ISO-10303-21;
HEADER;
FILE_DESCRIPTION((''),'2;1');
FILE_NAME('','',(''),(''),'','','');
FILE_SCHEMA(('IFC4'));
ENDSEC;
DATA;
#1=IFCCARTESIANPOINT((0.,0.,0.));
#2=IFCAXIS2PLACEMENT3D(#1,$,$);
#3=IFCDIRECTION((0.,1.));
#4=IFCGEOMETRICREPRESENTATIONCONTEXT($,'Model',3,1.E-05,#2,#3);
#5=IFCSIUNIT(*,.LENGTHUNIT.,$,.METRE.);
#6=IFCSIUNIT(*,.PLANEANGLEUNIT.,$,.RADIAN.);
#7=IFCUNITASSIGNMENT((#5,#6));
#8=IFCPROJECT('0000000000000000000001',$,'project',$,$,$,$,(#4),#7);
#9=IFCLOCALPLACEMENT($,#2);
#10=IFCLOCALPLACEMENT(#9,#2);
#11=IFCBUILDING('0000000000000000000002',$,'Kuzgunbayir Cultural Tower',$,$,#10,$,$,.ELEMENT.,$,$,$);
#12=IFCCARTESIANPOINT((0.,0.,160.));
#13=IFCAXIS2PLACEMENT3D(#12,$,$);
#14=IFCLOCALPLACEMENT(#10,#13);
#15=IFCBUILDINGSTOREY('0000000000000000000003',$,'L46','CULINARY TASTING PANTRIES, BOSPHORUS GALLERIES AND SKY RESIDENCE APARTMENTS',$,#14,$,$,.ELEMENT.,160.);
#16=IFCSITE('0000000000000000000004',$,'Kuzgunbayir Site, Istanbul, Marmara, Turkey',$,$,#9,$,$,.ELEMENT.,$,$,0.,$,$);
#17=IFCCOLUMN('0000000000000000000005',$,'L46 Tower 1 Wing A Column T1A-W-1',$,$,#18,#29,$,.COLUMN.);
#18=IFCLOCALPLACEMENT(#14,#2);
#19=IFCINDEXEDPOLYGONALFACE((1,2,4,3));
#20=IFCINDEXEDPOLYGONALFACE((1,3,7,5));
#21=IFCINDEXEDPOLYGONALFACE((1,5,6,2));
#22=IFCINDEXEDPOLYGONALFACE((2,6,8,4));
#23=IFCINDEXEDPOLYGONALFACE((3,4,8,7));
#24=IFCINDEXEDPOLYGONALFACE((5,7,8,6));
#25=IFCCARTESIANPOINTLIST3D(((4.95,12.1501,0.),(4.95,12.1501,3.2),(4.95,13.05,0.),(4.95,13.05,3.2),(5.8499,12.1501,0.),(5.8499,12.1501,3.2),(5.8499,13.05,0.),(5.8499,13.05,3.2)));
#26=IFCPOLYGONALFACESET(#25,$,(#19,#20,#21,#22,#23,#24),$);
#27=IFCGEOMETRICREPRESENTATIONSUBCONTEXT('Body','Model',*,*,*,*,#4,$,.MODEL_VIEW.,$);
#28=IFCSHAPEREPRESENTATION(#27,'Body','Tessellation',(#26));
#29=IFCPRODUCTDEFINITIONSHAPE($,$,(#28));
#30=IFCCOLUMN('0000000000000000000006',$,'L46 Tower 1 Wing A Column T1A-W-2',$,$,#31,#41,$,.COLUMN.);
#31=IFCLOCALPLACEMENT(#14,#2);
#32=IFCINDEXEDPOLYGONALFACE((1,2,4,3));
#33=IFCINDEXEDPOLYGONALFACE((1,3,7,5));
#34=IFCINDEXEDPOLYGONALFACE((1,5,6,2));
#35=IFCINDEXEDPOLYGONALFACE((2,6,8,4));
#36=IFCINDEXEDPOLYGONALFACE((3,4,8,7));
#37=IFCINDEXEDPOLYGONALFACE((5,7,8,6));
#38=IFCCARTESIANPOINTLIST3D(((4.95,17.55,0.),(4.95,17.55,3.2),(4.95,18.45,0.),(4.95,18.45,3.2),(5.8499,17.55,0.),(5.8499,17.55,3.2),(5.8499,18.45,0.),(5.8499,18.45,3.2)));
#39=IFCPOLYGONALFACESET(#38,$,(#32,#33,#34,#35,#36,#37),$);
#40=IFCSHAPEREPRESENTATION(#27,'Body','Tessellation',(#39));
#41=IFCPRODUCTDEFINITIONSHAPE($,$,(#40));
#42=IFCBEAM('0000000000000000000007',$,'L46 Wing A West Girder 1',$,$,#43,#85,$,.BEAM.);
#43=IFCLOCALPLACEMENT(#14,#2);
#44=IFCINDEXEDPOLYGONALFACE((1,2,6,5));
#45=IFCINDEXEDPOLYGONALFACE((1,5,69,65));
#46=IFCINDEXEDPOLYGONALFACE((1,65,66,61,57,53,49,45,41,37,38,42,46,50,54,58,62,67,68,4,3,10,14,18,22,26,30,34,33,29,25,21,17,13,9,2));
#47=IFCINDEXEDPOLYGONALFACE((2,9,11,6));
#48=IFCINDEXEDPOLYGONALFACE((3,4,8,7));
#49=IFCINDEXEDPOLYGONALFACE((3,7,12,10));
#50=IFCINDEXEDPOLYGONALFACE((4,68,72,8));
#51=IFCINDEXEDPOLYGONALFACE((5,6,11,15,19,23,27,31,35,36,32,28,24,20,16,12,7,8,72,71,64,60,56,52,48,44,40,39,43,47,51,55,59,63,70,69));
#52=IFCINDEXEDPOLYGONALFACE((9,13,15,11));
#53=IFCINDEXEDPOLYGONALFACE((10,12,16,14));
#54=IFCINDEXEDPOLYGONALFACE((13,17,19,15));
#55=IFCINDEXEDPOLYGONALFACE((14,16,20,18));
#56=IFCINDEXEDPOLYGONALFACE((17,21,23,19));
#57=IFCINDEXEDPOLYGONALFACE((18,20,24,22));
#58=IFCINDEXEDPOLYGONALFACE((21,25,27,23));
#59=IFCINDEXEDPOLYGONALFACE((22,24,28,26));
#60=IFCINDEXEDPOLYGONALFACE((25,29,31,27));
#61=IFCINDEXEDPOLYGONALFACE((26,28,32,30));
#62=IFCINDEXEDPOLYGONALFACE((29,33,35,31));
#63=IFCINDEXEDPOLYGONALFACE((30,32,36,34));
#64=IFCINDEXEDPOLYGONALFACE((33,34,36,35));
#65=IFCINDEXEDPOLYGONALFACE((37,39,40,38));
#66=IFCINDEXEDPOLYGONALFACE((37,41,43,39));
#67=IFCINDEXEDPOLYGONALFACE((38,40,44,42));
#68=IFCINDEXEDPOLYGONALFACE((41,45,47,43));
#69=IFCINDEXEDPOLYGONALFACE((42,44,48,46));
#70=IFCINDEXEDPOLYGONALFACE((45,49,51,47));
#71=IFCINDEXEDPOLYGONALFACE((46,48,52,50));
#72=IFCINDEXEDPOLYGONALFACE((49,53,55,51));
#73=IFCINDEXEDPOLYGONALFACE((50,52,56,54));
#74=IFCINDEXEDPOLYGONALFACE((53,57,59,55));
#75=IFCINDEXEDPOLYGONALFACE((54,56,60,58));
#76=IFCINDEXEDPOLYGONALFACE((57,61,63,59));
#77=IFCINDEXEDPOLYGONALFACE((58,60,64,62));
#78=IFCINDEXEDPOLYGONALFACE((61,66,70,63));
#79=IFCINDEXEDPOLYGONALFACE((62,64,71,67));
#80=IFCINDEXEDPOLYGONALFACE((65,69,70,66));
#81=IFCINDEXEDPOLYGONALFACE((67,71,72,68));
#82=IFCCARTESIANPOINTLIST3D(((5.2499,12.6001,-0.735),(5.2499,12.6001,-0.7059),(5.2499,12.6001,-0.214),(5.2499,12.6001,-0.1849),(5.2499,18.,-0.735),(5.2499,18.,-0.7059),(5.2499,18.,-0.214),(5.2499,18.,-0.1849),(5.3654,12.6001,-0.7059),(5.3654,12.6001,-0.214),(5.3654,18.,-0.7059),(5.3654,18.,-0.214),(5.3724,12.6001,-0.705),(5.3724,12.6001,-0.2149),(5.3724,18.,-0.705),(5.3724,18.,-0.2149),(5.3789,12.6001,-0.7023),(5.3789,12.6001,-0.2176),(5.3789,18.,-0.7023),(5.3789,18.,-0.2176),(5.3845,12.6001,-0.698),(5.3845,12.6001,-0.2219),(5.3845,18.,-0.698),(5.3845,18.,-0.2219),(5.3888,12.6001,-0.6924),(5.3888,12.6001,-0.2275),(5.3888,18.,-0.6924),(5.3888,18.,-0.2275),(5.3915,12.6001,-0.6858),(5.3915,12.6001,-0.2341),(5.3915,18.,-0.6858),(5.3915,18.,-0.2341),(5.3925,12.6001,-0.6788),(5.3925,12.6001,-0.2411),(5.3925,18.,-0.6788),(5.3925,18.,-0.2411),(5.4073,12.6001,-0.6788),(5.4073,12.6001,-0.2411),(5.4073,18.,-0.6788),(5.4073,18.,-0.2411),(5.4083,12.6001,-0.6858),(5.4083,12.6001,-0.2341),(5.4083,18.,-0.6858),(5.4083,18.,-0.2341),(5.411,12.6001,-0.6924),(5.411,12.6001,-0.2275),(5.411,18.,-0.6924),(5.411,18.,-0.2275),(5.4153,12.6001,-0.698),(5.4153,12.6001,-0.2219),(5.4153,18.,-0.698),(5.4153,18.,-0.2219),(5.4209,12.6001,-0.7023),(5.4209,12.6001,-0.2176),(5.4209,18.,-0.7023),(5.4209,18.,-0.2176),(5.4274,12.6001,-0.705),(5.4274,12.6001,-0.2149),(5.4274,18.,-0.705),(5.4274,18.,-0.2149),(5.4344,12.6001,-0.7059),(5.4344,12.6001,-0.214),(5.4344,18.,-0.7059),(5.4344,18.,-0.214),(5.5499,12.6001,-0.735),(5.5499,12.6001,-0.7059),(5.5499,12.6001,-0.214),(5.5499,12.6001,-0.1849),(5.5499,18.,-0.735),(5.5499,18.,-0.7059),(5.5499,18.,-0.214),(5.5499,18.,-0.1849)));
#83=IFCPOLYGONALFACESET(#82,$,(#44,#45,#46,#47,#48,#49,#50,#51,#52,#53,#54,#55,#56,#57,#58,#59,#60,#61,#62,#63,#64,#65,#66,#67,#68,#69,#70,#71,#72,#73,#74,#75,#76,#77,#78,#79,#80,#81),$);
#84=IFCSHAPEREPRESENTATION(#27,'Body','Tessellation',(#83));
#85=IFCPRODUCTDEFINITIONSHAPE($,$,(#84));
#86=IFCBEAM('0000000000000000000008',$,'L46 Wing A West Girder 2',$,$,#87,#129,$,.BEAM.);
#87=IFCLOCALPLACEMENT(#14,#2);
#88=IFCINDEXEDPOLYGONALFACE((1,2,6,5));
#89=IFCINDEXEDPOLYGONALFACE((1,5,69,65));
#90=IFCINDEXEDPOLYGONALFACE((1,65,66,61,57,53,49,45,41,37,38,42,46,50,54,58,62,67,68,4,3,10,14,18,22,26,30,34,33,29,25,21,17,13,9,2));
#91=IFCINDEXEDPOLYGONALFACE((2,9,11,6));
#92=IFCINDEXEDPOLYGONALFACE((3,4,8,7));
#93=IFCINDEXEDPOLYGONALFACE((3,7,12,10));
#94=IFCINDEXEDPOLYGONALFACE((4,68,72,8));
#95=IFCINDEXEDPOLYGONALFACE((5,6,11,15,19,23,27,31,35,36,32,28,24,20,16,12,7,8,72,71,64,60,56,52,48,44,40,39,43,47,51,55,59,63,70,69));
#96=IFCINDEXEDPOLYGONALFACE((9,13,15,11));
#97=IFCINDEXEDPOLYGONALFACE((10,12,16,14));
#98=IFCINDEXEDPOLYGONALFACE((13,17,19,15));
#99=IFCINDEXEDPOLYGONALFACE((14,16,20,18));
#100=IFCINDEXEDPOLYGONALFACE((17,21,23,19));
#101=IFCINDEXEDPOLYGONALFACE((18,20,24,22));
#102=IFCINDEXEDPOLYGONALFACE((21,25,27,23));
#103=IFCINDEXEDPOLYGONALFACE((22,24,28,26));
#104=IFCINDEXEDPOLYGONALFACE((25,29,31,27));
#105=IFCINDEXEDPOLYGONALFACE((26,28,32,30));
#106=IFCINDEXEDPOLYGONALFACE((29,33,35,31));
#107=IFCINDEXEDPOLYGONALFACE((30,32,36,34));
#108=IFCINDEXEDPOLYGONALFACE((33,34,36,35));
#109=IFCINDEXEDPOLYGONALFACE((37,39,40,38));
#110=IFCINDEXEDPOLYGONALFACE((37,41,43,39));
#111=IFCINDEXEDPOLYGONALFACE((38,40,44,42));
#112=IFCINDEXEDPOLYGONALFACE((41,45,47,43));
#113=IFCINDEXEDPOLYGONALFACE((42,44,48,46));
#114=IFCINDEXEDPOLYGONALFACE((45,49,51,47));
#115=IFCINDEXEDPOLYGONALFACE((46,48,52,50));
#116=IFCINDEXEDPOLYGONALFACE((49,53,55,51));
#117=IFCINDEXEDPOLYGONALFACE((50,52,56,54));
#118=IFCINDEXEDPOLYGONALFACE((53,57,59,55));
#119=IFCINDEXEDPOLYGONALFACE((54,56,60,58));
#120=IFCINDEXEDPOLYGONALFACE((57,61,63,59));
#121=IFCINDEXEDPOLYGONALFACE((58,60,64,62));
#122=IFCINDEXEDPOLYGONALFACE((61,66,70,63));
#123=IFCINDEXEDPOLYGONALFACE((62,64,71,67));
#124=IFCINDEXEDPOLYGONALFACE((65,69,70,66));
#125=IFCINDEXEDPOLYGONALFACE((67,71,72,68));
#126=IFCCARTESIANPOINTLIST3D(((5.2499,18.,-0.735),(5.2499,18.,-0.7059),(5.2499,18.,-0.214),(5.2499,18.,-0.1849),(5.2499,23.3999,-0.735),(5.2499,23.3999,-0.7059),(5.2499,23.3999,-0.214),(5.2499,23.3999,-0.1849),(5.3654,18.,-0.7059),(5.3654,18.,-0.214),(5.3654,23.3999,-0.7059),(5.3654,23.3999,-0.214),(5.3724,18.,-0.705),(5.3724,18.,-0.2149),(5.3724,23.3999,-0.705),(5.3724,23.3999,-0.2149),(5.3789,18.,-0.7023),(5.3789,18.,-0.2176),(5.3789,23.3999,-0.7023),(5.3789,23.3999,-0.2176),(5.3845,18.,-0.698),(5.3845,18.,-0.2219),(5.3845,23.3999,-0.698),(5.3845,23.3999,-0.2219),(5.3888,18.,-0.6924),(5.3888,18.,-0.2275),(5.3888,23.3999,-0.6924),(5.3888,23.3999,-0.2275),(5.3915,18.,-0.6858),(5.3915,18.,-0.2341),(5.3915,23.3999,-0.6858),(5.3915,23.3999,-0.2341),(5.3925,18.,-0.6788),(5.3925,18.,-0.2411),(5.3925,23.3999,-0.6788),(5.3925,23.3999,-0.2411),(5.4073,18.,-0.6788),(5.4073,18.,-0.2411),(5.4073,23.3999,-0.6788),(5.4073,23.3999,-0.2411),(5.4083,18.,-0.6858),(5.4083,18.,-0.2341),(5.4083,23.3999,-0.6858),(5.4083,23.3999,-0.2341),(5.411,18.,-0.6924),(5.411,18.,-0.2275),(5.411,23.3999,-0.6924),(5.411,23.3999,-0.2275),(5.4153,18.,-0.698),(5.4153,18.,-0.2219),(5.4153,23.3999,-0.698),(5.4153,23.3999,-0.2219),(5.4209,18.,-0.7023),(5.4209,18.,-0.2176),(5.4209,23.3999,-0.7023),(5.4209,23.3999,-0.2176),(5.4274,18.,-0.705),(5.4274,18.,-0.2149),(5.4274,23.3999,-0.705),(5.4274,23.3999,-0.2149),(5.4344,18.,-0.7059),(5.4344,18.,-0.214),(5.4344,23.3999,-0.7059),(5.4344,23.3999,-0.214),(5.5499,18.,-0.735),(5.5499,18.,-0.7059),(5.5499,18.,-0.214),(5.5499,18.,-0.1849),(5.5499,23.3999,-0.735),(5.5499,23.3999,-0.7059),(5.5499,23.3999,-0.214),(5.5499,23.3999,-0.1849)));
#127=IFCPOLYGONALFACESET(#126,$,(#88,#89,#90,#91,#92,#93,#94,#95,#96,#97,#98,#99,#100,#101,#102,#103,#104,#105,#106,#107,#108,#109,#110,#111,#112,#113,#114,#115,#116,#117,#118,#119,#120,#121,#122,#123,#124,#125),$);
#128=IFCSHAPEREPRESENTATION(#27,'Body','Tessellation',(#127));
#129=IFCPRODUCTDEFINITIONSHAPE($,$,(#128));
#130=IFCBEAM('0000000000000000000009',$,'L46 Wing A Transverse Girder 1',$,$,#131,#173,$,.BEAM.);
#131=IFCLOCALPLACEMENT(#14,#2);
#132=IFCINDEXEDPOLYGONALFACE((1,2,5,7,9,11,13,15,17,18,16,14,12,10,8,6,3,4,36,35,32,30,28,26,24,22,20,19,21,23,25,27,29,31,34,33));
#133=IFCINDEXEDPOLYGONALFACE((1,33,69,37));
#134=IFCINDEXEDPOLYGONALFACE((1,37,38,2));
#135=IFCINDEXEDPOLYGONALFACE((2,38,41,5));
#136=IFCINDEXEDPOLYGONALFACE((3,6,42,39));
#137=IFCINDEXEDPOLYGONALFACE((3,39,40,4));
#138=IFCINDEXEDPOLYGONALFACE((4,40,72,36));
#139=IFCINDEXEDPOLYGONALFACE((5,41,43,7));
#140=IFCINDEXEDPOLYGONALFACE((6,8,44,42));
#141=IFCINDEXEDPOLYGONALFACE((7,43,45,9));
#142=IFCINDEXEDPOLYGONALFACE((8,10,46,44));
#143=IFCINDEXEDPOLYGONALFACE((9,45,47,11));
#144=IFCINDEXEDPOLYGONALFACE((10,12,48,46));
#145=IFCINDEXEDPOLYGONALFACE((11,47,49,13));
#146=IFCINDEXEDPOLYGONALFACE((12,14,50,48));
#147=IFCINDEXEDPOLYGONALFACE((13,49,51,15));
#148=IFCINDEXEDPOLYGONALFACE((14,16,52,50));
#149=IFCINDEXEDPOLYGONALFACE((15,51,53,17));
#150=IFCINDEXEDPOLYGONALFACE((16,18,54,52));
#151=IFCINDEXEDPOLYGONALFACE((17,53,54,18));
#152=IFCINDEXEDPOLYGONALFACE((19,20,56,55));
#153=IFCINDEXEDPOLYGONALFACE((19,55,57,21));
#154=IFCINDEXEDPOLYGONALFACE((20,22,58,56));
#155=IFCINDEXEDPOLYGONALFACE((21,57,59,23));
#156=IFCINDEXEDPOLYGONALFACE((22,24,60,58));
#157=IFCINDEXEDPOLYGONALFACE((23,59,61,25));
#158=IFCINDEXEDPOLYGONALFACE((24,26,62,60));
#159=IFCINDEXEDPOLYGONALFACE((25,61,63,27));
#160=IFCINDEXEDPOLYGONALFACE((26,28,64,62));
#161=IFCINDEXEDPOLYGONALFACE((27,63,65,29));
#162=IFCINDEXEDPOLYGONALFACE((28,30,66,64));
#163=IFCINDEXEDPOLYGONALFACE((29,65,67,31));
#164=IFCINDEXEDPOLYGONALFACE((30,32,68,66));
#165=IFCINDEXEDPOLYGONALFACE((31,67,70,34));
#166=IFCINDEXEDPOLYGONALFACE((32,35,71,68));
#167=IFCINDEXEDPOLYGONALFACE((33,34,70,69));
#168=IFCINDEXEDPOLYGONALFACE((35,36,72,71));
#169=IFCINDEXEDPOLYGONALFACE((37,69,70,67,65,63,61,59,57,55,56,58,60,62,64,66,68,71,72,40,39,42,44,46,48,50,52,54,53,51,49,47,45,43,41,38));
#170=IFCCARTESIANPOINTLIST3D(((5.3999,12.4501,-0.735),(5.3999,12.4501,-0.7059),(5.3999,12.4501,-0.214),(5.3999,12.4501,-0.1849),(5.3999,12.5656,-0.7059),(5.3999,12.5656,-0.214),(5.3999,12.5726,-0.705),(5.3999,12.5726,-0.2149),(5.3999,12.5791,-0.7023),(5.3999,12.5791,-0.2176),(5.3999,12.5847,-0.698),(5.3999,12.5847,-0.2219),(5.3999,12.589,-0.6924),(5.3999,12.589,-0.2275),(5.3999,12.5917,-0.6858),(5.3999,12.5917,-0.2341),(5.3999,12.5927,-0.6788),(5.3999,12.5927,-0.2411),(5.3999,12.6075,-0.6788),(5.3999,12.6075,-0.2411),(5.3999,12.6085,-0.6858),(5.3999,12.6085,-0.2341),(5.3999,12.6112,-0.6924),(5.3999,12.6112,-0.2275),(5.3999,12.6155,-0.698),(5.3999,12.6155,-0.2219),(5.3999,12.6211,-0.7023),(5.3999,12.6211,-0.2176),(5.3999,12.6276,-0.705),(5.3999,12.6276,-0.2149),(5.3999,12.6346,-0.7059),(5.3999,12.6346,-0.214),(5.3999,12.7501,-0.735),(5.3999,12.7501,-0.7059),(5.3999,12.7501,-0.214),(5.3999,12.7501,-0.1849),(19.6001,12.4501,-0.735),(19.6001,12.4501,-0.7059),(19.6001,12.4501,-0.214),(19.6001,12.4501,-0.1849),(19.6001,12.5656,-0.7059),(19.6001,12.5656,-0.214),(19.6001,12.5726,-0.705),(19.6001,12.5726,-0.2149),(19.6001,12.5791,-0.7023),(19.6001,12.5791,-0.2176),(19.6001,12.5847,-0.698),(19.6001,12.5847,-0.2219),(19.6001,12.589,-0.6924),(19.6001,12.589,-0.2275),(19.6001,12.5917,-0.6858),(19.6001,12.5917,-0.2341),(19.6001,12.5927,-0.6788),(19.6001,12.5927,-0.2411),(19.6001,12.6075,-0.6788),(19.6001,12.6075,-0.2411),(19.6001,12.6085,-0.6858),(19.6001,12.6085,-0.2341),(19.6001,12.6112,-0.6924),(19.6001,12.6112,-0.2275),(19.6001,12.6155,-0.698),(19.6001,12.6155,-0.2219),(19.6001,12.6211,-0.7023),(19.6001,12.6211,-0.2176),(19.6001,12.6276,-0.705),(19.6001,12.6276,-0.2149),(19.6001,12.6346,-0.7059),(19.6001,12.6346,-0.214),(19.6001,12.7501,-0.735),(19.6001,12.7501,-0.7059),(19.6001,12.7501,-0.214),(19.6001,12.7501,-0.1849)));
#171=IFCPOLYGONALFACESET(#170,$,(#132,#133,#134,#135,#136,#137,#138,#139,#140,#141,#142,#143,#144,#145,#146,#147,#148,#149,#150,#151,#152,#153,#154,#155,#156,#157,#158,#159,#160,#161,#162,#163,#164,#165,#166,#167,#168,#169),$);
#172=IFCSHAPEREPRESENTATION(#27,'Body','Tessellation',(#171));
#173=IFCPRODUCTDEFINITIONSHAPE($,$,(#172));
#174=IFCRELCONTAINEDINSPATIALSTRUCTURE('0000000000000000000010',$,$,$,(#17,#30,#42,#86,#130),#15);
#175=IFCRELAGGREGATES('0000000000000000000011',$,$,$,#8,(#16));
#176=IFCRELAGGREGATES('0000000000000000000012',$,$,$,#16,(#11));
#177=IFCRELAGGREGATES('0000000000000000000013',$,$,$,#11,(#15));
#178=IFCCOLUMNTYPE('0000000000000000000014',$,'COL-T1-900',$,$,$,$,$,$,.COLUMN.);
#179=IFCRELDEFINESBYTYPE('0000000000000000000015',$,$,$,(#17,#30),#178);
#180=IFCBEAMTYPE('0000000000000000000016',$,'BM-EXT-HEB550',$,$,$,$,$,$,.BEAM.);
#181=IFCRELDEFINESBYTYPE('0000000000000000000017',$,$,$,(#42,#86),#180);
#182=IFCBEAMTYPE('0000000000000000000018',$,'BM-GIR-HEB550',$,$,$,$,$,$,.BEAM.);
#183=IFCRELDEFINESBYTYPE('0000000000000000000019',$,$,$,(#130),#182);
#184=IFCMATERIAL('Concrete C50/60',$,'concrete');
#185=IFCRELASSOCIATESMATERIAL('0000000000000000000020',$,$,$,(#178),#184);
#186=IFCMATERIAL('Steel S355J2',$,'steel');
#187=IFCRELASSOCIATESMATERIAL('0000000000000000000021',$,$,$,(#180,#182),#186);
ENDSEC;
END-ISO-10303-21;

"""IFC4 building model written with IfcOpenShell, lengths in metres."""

from ifc_helpers import new_model, si_unit, direction, frame, origin, origin_2d, place, context, subcontext, project, spatial, rectangle, i_section, extrude, material, material_profile, profile_set, type_object, element, save


model = new_model("IFC4")

# Units and contexts
model_context = context("Model", 3, precision=1e-05, world=origin(), true_north=direction((0.0, 1.0)))
body_context = subcontext(model_context, "Body", "Model", "MODEL_VIEW")
ifc_project = project(units=[si_unit("LENGTHUNIT", "METRE"), si_unit("PLANEANGLEUNIT", "RADIAN")], contexts=[model_context])

# Site, building, storey
site_placement = place(None, origin())
site = spatial("IfcSite", under=ifc_project, at=site_placement, Name="Kuzgunbayir Site, Istanbul, Marmara, Turkey", CompositionType="ELEMENT", RefElevation=0.0)
building_placement = place(site_placement, origin())
building = spatial("IfcBuilding", under=site, at=building_placement, Name="Kuzgunbayir Cultural Tower", CompositionType="ELEMENT")
storey_placement = place(building_placement, frame((0.0, 0.0, 160.0)))
storey = spatial("IfcBuildingStorey", under=building, at=storey_placement, Name="L46", Description="CULINARY TASTING PANTRIES, BOSPHORUS GALLERIES AND SKY RESIDENCE APARTMENTS", CompositionType="ELEMENT", Elevation=160.0)

# Columns
ifc_material_1 = material(Name="Concrete C50/60", Category="concrete")
ifc_material_profile_1 = material_profile(ifc_material_1, rectangle(XDim=0.8999, YDim=0.8999, at=origin_2d()), Name="RC 900x900")
ifc_profile_set_1 = profile_set([ifc_material_profile_1], Name="Concrete C50/60")
column_type = type_object("IfcColumnType", Name="COL-T1-900", PredefinedType="COLUMN", material=ifc_profile_set_1)
for number, where, z_axis, x_axis, name in (
    (1, (5.3999, 12.6001, 0.0), (0.0, 0.0, 1.0), (1.0, 0.0, 0.0), "L46 Tower 1 Wing A Column T1A-W-1"),
    (2, (5.3999, 18.0, 0.0), (0.0, 0.0, 1.0), (1.0, 0.0, 0.0), "L46 Tower 1 Wing A Column T1A-W-2"),
):
    element("IfcColumn", number, at=place(storey_placement, frame(where, z_axis=z_axis, x_axis=x_axis)), inside=storey, type_object=column_type, Name=name, PredefinedType="COLUMN", context=body_context, shape_type="SweptSolid", body=[
        extrude(rectangle(XDim=0.8999, YDim=0.8999, at=origin_2d()), origin(), (0.0, 0.0, 1.0), 3.2),
    ])

# Beams
ifc_material_2 = material(Name="Steel S355J2", Category="steel")
ifc_material_profile_2 = material_profile(ifc_material_2, i_section(OverallWidth=0.3, OverallDepth=0.55, WebThickness=0.0149, FlangeThickness=0.0291, FilletRadius=0.0271, at=origin_2d()), Name="HEB 550")
ifc_profile_set_2 = profile_set([ifc_material_profile_2], Name="Steel S355J2")
beam_type_1 = type_object("IfcBeamType", Name="BM-EXT-HEB550", PredefinedType="BEAM", material=ifc_profile_set_2)
for number, where, z_axis, x_axis, name in (
    (3, (5.3999, 12.6001, -0.46), (0.0, 1.0, 0.0), (-1.0, 0.0, 0.0), "L46 Wing A West Girder 1"),
    (4, (5.3999, 18.0, -0.46), (0.0, 1.0, 0.0), (-1.0, 0.0, 0.0), "L46 Wing A West Girder 2"),
):
    element("IfcBeam", number, at=place(storey_placement, frame(where, z_axis=z_axis, x_axis=x_axis)), inside=storey, type_object=beam_type_1, Name=name, PredefinedType="BEAM", context=body_context, shape_type="SweptSolid", body=[
        extrude(i_section(OverallWidth=0.3, OverallDepth=0.55, WebThickness=0.0149, FlangeThickness=0.0291, FilletRadius=0.0271, at=origin_2d()), origin(), (0.0, 0.0, 1.0), 5.3999),
    ])
ifc_material_profile_3 = material_profile(ifc_material_2, i_section(OverallWidth=0.3, OverallDepth=0.55, WebThickness=0.0149, FlangeThickness=0.0291, FilletRadius=0.0271, at=origin_2d()), Name="HEB 550")
ifc_profile_set_3 = profile_set([ifc_material_profile_3], Name="Steel S355J2")
beam_type_2 = type_object("IfcBeamType", Name="BM-GIR-HEB550", PredefinedType="BEAM", material=ifc_profile_set_3)
for number, where, z_axis, x_axis, name in (
    (5, (5.3999, 12.6001, -0.46), (1.0, 0.0, 0.0), (0.0, 1.0, 0.0), "L46 Wing A Transverse Girder 1"),
):
    element("IfcBeam", number, at=place(storey_placement, frame(where, z_axis=z_axis, x_axis=x_axis)), inside=storey, type_object=beam_type_2, Name=name, PredefinedType="BEAM", context=body_context, shape_type="SweptSolid", body=[
        extrude(i_section(OverallWidth=0.3, OverallDepth=0.55, WebThickness=0.0149, FlangeThickness=0.0291, FilletRadius=0.0271, at=origin_2d()), origin(), (0.0, 0.0, 1.0), 14.2002),
    ])

save(model, "model.ifc")
